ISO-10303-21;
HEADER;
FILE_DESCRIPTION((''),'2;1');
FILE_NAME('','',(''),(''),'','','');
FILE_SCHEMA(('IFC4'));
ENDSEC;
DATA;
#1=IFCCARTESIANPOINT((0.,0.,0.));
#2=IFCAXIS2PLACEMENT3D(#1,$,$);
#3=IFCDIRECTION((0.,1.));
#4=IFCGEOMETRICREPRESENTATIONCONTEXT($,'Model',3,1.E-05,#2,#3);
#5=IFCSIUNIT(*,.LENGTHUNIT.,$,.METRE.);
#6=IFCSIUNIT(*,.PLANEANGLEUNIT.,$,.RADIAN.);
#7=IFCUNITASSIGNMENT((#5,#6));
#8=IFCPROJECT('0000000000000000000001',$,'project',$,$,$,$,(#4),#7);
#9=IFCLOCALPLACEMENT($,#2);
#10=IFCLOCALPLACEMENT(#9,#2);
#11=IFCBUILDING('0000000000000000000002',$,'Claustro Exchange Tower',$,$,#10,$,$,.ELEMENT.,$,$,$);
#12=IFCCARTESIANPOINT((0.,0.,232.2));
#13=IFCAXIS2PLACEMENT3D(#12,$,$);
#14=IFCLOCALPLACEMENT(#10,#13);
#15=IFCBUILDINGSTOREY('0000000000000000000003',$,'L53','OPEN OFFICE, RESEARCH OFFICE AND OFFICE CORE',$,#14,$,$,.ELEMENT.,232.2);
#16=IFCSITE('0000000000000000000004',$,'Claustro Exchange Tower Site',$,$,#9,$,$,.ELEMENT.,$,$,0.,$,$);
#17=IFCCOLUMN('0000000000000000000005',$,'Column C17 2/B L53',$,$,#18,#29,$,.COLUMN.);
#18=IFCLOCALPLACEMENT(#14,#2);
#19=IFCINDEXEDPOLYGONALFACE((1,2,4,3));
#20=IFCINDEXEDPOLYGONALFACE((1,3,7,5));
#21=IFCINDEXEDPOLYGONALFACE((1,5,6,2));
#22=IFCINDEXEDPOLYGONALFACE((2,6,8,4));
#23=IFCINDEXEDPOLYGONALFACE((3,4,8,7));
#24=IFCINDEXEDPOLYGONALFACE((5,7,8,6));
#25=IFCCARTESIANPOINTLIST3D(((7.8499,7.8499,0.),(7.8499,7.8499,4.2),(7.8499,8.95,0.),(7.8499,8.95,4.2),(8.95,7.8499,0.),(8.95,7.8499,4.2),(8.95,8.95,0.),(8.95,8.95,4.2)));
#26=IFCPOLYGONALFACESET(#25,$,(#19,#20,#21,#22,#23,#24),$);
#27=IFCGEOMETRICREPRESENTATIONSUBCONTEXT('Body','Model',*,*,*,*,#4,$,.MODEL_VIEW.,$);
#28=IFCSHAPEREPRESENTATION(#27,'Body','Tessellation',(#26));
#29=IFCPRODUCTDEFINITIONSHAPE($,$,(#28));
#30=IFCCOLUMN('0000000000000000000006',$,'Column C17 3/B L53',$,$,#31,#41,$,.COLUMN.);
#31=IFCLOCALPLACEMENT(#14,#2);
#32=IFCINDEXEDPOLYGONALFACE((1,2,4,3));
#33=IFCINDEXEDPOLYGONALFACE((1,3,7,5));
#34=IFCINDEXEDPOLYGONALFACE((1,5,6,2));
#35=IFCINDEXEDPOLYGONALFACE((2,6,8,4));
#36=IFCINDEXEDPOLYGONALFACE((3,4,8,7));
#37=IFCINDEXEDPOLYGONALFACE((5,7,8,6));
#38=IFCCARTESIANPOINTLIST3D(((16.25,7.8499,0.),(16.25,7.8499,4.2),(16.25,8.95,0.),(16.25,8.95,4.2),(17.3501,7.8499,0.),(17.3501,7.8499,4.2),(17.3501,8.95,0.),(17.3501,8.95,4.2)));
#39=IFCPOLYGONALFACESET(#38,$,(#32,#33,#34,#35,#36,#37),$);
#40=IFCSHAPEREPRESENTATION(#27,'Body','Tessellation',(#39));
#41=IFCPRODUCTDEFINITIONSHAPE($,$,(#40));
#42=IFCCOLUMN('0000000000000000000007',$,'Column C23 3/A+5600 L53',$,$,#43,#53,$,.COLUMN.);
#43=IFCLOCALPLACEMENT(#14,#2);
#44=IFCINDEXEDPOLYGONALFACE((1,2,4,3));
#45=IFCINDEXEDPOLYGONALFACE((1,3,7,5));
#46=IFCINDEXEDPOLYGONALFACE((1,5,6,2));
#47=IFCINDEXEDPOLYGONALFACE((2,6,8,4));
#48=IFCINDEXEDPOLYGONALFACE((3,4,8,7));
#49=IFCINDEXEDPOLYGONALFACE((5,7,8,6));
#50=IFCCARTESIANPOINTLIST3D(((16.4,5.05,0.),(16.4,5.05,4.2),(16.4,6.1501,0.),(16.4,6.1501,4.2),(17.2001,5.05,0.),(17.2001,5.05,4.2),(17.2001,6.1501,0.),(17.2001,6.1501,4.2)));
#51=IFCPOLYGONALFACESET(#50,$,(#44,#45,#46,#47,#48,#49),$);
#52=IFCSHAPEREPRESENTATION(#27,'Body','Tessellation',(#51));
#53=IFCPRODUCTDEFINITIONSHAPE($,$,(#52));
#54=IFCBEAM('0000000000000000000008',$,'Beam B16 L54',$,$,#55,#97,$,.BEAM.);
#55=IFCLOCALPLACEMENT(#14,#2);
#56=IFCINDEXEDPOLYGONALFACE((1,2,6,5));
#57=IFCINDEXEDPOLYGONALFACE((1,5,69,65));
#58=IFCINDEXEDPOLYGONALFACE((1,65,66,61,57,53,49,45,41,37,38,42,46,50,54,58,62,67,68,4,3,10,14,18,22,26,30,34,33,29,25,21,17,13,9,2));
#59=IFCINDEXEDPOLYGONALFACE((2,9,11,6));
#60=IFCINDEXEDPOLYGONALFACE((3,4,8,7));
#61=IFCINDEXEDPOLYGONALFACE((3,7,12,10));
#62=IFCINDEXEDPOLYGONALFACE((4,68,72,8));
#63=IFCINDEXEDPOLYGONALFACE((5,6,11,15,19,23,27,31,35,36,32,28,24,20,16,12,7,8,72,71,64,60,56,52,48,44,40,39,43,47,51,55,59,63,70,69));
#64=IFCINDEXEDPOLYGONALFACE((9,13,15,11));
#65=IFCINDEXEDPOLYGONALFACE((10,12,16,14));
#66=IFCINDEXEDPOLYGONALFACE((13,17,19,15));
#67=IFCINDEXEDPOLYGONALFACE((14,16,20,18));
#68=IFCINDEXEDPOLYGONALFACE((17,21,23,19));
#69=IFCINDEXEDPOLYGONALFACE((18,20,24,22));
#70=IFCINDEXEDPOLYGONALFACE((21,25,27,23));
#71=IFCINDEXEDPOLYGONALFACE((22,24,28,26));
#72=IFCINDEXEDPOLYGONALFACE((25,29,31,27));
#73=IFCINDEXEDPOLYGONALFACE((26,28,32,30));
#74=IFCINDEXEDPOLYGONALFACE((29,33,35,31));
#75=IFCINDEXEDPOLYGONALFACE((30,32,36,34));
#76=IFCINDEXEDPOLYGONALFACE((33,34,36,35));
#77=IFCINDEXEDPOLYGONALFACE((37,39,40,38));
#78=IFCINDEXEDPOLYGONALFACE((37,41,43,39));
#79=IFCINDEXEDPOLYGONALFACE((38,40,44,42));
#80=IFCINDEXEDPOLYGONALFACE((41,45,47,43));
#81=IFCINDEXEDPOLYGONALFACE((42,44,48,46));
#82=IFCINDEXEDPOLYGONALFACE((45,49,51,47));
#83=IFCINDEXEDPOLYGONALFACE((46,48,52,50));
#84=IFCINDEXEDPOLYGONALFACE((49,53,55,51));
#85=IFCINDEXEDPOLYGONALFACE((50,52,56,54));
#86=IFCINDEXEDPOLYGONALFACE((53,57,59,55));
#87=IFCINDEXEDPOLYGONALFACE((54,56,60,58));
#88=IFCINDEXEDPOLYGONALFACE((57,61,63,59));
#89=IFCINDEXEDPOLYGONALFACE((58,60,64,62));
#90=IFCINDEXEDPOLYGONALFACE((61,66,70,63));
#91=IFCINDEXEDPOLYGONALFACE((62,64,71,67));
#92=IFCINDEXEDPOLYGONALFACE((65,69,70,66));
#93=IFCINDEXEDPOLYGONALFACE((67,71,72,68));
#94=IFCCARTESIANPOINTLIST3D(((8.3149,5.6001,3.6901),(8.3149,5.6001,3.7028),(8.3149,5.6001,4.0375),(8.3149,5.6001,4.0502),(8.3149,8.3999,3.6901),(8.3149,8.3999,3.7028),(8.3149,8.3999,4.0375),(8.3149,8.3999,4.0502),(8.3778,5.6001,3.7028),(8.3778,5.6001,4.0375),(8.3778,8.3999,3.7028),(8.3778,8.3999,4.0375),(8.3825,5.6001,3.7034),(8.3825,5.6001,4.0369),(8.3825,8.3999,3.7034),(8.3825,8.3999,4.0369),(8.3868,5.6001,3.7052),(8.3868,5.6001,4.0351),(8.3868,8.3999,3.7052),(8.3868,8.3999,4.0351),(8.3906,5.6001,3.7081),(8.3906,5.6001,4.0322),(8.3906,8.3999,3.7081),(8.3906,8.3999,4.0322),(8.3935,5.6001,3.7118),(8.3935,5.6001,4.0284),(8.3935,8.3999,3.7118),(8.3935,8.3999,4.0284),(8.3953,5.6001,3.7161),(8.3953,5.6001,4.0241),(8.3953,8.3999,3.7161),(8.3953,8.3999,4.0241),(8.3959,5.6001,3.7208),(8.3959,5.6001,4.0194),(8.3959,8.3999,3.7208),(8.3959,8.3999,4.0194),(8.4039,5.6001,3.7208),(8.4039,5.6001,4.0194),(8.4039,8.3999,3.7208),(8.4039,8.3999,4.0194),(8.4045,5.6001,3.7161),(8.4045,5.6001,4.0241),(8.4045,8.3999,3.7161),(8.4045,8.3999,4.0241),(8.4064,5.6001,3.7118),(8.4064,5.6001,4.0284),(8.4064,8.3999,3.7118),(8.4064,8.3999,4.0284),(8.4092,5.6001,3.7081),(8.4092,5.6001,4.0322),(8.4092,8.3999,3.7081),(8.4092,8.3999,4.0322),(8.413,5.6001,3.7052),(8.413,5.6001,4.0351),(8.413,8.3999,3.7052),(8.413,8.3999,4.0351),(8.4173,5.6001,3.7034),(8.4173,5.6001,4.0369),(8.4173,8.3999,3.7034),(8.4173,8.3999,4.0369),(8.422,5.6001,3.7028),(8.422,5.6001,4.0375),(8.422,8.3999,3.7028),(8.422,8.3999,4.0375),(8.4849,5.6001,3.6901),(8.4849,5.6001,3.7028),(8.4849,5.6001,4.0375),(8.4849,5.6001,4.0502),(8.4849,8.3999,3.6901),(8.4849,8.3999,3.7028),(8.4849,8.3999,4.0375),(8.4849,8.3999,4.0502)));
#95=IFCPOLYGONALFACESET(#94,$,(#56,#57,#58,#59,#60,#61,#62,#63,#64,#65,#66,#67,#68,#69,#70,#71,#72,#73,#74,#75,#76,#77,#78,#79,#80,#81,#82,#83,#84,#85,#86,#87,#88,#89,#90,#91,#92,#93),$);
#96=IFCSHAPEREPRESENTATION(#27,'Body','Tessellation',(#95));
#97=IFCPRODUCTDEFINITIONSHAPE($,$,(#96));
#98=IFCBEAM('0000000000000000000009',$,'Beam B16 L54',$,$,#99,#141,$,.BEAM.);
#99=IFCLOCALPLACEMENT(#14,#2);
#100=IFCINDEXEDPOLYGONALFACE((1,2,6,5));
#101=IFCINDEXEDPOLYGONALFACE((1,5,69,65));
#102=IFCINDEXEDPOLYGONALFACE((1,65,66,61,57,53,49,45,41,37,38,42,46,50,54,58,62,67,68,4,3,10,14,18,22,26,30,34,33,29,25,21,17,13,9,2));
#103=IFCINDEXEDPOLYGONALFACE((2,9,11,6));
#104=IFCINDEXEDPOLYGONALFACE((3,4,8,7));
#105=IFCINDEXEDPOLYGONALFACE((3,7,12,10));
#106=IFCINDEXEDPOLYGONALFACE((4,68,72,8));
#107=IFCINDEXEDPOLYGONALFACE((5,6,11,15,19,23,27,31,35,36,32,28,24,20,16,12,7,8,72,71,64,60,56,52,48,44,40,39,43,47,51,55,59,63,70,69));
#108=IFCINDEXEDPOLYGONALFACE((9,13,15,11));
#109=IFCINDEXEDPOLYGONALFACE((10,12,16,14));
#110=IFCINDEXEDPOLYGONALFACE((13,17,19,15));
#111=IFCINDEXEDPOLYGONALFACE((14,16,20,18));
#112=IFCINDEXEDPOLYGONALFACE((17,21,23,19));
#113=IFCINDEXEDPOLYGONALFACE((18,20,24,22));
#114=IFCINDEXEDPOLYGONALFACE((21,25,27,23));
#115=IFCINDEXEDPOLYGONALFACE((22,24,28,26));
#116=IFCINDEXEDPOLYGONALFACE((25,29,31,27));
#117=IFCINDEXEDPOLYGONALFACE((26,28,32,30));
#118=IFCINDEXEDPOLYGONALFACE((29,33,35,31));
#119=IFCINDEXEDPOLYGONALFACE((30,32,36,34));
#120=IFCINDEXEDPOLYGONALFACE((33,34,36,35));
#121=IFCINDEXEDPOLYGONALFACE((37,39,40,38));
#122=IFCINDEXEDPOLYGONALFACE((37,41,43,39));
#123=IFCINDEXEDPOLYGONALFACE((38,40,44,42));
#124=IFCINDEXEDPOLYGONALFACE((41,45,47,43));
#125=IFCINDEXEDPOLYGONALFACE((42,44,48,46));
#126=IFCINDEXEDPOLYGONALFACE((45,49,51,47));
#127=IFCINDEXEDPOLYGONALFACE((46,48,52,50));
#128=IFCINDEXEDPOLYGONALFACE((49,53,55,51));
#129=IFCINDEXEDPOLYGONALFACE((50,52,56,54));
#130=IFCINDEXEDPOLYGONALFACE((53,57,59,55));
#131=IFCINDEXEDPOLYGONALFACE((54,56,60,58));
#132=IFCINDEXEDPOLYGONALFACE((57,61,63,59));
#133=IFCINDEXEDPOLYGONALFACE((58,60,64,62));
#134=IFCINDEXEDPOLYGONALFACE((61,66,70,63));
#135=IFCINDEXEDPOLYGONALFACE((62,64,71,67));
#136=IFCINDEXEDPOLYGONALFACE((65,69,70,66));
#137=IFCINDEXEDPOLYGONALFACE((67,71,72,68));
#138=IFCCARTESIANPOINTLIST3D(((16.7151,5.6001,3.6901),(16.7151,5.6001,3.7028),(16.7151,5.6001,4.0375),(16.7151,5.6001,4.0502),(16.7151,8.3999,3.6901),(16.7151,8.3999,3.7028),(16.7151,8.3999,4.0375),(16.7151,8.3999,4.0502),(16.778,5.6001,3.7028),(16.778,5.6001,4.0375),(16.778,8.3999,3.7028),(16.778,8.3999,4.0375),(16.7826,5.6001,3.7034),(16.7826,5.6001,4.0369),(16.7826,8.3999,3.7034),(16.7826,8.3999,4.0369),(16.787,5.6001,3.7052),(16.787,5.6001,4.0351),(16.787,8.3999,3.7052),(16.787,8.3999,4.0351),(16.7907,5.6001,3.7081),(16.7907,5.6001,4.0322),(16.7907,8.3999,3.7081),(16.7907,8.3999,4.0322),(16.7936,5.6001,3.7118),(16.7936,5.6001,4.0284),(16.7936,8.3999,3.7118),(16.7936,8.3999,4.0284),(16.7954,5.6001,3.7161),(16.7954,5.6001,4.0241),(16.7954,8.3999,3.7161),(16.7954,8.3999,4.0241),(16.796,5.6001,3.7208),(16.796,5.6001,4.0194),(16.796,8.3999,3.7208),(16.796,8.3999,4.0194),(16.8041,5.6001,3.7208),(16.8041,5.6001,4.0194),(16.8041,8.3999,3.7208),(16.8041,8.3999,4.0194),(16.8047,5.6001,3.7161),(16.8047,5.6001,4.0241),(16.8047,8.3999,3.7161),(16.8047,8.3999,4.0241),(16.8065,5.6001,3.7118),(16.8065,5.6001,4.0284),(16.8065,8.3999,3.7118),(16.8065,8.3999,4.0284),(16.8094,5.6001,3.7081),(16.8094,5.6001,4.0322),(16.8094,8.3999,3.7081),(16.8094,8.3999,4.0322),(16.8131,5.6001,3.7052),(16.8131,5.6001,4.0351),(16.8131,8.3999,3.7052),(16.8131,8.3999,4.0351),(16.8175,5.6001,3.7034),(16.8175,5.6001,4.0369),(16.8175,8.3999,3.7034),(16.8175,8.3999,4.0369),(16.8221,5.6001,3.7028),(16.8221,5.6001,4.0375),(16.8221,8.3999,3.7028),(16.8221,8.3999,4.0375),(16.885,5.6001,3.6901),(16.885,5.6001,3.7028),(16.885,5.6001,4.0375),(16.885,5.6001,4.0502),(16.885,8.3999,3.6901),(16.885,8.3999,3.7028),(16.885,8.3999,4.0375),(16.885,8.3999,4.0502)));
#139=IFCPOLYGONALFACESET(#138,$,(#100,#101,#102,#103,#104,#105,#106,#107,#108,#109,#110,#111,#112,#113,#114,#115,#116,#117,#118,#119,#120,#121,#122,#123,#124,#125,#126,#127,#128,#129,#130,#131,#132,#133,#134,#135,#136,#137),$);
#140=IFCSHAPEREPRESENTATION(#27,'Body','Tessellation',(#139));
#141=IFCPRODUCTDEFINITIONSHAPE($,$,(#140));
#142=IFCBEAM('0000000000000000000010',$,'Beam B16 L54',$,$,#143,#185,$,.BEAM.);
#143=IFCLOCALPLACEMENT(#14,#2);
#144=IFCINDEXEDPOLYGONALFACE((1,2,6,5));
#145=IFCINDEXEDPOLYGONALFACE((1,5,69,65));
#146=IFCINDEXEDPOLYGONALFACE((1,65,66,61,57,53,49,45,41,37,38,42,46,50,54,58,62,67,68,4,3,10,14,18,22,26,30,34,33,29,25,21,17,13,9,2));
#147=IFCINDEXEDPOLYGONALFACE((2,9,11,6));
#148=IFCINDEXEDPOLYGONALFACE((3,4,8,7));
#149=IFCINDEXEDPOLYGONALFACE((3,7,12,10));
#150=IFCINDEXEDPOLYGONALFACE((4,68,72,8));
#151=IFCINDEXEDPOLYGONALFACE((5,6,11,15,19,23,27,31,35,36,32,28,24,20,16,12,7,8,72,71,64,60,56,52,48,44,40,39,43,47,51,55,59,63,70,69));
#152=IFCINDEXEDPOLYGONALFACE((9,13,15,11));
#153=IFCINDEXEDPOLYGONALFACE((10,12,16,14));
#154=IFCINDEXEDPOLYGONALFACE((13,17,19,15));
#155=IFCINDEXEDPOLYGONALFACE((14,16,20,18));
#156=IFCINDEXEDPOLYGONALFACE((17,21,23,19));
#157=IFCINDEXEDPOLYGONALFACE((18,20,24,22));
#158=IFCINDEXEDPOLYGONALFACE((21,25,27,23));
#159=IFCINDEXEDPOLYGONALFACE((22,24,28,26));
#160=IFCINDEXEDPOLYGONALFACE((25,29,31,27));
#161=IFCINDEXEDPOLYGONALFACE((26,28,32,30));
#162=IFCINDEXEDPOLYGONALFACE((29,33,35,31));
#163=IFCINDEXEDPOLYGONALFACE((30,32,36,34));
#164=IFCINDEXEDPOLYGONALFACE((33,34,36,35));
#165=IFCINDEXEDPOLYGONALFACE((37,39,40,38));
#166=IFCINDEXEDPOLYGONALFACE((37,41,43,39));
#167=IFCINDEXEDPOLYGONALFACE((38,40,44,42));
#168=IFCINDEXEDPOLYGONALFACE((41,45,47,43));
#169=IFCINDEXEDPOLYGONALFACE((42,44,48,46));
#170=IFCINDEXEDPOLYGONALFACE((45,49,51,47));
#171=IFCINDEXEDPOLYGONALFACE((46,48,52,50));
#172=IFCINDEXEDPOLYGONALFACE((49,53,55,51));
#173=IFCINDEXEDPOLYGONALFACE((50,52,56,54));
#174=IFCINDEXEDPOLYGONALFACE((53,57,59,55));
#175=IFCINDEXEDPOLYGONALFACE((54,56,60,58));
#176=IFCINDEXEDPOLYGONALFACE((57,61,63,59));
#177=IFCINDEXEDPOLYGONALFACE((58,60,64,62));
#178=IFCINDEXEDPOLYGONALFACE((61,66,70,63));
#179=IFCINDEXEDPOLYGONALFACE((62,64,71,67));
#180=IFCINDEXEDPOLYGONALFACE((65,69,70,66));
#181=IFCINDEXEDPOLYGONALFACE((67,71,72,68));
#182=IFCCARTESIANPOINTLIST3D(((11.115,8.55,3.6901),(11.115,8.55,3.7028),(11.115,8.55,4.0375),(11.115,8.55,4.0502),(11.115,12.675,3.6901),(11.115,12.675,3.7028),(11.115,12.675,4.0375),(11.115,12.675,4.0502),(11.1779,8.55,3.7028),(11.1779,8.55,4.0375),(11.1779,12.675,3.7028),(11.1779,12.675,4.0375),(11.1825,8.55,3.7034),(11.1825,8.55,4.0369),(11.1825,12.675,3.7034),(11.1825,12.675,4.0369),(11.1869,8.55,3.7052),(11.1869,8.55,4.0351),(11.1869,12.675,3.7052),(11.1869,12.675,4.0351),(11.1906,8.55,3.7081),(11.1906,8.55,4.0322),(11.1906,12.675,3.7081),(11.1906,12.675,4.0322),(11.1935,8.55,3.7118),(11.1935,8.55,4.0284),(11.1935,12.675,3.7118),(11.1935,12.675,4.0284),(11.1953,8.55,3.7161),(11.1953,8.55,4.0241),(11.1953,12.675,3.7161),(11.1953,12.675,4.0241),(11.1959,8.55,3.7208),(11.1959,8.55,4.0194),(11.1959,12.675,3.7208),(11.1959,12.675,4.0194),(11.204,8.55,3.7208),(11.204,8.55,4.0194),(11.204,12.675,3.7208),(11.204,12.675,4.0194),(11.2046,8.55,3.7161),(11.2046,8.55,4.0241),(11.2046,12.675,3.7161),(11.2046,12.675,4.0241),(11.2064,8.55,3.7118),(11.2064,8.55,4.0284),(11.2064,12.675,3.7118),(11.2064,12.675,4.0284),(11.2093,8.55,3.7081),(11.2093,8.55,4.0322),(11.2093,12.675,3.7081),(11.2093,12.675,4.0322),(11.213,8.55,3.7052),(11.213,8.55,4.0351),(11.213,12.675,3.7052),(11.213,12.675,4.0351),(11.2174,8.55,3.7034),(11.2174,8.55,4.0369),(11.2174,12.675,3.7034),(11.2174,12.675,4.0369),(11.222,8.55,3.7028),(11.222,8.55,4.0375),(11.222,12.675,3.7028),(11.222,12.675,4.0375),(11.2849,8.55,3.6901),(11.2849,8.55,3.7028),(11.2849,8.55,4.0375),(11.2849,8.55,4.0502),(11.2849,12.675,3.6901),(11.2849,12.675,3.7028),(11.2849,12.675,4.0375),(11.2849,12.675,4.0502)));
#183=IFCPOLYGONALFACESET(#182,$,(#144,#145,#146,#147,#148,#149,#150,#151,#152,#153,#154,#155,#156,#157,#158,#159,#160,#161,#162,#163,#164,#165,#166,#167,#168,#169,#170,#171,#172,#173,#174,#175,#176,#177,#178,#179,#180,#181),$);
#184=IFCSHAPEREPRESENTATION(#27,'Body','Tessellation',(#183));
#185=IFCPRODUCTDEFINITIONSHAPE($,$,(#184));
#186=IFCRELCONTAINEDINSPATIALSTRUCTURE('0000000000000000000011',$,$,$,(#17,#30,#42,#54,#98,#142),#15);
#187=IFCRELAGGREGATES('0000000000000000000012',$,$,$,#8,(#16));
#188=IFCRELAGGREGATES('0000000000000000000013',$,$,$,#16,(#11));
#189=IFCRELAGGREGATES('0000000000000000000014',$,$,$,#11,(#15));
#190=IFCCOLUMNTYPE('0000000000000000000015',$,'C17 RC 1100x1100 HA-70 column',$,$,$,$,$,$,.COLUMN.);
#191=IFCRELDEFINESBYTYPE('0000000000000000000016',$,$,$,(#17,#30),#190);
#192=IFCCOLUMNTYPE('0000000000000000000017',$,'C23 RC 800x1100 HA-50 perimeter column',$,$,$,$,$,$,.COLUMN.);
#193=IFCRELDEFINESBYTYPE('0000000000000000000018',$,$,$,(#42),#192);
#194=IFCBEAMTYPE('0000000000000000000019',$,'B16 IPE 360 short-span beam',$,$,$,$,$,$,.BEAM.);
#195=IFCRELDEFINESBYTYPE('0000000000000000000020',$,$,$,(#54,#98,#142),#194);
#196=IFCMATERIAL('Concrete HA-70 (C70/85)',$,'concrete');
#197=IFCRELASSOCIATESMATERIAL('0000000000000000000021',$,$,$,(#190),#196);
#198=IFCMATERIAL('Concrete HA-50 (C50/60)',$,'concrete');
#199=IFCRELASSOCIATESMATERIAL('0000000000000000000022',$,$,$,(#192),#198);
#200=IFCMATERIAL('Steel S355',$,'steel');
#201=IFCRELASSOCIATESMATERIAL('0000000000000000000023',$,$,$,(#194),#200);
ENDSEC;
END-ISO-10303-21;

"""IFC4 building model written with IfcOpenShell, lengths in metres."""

from ifc_helpers import new_model, si_unit, direction, frame, origin, origin_2d, place, context, subcontext, project, spatial, rectangle, i_section, extrude, material, material_profile, profile_set, type_object, element, save


model = new_model("IFC4")

# Units and contexts
model_context = context("Model", 3, precision=1e-05, world=origin(), true_north=direction((0.0, 1.0)))
body_context = subcontext(model_context, "Body", "Model", "MODEL_VIEW")
ifc_project = project(units=[si_unit("LENGTHUNIT", "METRE"), si_unit("PLANEANGLEUNIT", "RADIAN")], contexts=[model_context])

# Site, building, storey
site_placement = place(None, origin())
site = spatial("IfcSite", under=ifc_project, at=site_placement, Name="Claustro Exchange Tower Site", CompositionType="ELEMENT", RefElevation=0.0)
building_placement = place(site_placement, origin())
building = spatial("IfcBuilding", under=site, at=building_placement, Name="Claustro Exchange Tower", CompositionType="ELEMENT")
storey_placement = place(building_placement, frame((0.0, 0.0, 232.2)))
storey = spatial("IfcBuildingStorey", under=building, at=storey_placement, Name="L53", Description="OPEN OFFICE, RESEARCH OFFICE AND OFFICE CORE", CompositionType="ELEMENT", Elevation=232.2)

# Columns
ifc_material_1 = material(Name="Concrete HA-70 (C70/85)", Category="concrete")
ifc_material_profile_1 = material_profile(ifc_material_1, rectangle(XDim=1.1001, YDim=1.1001, at=origin_2d()), Name="RC 1100x1100")
ifc_profile_set_1 = profile_set([ifc_material_profile_1], Name="Concrete HA-70 (C70/85)")
column_type_1 = type_object("IfcColumnType", Name="C17 RC 1100x1100 HA-70 column", PredefinedType="COLUMN", material=ifc_profile_set_1)
for number, where, z_axis, x_axis, name in (
    (1, (8.3999, 8.3999, 0.0), (0.0, 0.0, 1.0), (1.0, 0.0, 0.0), "Column C17 2/B L53"),
    (2, (16.8, 8.3999, 0.0), (0.0, 0.0, 1.0), (1.0, 0.0, 0.0), "Column C17 3/B L53"),
):
    element("IfcColumn", number, at=place(storey_placement, frame(where, z_axis=z_axis, x_axis=x_axis)), inside=storey, type_object=column_type_1, Name=name, PredefinedType="COLUMN", context=body_context, shape_type="SweptSolid", body=[
        extrude(rectangle(XDim=1.1001, YDim=1.1001, at=origin_2d()), origin(), (0.0, 0.0, 1.0), 4.2),
    ])
ifc_material_2 = material(Name="Concrete HA-50 (C50/60)", Category="concrete")
ifc_material_profile_2 = material_profile(ifc_material_2, rectangle(XDim=0.8, YDim=1.1001, at=origin_2d()), Name="RC 800x1100")
ifc_profile_set_2 = profile_set([ifc_material_profile_2], Name="Concrete HA-50 (C50/60)")
column_type_2 = type_object("IfcColumnType", Name="C23 RC 800x1100 HA-50 perimeter column", PredefinedType="COLUMN", material=ifc_profile_set_2)
column_placement = place(storey_placement, frame((16.8, 5.6001, 0.0), z_axis=(0.0, 0.0, 1.0), x_axis=(1.0, 0.0, 0.0)))
element("IfcColumn", 3, at=column_placement, inside=storey, type_object=column_type_2, Name="Column C23 3/A+5600 L53", PredefinedType="COLUMN", context=body_context, shape_type="SweptSolid", body=[
    extrude(rectangle(XDim=0.8, YDim=1.1001, at=origin_2d()), origin(), (0.0, 0.0, 1.0), 4.2),
])

# Beams
ifc_material_3 = material(Name="Steel S355", Category="steel")
ifc_material_profile_3 = material_profile(ifc_material_3, i_section(OverallWidth=0.1699, OverallDepth=0.3601, WebThickness=0.0081, FlangeThickness=0.0127, FilletRadius=0.0181, at=origin_2d()), Name="IPE 360")
ifc_profile_set_3 = profile_set([ifc_material_profile_3], Name="Steel S355")
beam_type_1 = type_object("IfcBeamType", Name="B16 IPE 360 short-span beam", PredefinedType="BEAM", material=ifc_profile_set_3)
for number, where, z_axis, x_axis, name in (
    (4, (8.3999, 5.6001, 3.8701), (0.0, 1.0, 0.0), (-1.0, 0.0, 0.0), "Beam B16 L54"),
    (5, (16.8, 5.6001, 3.8701), (0.0, 1.0, 0.0), (-1.0, 0.0, 0.0), "Beam B16 L54"),
):
    element("IfcBeam", number, at=place(storey_placement, frame(where, z_axis=z_axis, x_axis=x_axis)), inside=storey, type_object=beam_type_1, Name=name, PredefinedType="BEAM", context=body_context, shape_type="SweptSolid", body=[
        extrude(i_section(OverallWidth=0.1699, OverallDepth=0.3601, WebThickness=0.0081, FlangeThickness=0.0127, FilletRadius=0.0181, at=origin_2d()), origin(), (0.0, 0.0, 1.0), 2.7998),
    ])
for number, where, z_axis, x_axis, name in (
    (6, (11.2, 8.55, 3.8701), (0.0, 1.0, 0.0), (-1.0, 0.0, 0.0), "Beam B16 L54"),
):
    element("IfcBeam", number, at=place(storey_placement, frame(where, z_axis=z_axis, x_axis=x_axis)), inside=storey, type_object=beam_type_1, Name=name, PredefinedType="BEAM", context=body_context, shape_type="SweptSolid", body=[
        extrude(i_section(OverallWidth=0.1699, OverallDepth=0.3601, WebThickness=0.0081, FlangeThickness=0.0127, FilletRadius=0.0181, at=origin_2d()), origin(), (0.0, 0.0, 1.0), 4.125),
    ])

save(model, "model.ifc")
